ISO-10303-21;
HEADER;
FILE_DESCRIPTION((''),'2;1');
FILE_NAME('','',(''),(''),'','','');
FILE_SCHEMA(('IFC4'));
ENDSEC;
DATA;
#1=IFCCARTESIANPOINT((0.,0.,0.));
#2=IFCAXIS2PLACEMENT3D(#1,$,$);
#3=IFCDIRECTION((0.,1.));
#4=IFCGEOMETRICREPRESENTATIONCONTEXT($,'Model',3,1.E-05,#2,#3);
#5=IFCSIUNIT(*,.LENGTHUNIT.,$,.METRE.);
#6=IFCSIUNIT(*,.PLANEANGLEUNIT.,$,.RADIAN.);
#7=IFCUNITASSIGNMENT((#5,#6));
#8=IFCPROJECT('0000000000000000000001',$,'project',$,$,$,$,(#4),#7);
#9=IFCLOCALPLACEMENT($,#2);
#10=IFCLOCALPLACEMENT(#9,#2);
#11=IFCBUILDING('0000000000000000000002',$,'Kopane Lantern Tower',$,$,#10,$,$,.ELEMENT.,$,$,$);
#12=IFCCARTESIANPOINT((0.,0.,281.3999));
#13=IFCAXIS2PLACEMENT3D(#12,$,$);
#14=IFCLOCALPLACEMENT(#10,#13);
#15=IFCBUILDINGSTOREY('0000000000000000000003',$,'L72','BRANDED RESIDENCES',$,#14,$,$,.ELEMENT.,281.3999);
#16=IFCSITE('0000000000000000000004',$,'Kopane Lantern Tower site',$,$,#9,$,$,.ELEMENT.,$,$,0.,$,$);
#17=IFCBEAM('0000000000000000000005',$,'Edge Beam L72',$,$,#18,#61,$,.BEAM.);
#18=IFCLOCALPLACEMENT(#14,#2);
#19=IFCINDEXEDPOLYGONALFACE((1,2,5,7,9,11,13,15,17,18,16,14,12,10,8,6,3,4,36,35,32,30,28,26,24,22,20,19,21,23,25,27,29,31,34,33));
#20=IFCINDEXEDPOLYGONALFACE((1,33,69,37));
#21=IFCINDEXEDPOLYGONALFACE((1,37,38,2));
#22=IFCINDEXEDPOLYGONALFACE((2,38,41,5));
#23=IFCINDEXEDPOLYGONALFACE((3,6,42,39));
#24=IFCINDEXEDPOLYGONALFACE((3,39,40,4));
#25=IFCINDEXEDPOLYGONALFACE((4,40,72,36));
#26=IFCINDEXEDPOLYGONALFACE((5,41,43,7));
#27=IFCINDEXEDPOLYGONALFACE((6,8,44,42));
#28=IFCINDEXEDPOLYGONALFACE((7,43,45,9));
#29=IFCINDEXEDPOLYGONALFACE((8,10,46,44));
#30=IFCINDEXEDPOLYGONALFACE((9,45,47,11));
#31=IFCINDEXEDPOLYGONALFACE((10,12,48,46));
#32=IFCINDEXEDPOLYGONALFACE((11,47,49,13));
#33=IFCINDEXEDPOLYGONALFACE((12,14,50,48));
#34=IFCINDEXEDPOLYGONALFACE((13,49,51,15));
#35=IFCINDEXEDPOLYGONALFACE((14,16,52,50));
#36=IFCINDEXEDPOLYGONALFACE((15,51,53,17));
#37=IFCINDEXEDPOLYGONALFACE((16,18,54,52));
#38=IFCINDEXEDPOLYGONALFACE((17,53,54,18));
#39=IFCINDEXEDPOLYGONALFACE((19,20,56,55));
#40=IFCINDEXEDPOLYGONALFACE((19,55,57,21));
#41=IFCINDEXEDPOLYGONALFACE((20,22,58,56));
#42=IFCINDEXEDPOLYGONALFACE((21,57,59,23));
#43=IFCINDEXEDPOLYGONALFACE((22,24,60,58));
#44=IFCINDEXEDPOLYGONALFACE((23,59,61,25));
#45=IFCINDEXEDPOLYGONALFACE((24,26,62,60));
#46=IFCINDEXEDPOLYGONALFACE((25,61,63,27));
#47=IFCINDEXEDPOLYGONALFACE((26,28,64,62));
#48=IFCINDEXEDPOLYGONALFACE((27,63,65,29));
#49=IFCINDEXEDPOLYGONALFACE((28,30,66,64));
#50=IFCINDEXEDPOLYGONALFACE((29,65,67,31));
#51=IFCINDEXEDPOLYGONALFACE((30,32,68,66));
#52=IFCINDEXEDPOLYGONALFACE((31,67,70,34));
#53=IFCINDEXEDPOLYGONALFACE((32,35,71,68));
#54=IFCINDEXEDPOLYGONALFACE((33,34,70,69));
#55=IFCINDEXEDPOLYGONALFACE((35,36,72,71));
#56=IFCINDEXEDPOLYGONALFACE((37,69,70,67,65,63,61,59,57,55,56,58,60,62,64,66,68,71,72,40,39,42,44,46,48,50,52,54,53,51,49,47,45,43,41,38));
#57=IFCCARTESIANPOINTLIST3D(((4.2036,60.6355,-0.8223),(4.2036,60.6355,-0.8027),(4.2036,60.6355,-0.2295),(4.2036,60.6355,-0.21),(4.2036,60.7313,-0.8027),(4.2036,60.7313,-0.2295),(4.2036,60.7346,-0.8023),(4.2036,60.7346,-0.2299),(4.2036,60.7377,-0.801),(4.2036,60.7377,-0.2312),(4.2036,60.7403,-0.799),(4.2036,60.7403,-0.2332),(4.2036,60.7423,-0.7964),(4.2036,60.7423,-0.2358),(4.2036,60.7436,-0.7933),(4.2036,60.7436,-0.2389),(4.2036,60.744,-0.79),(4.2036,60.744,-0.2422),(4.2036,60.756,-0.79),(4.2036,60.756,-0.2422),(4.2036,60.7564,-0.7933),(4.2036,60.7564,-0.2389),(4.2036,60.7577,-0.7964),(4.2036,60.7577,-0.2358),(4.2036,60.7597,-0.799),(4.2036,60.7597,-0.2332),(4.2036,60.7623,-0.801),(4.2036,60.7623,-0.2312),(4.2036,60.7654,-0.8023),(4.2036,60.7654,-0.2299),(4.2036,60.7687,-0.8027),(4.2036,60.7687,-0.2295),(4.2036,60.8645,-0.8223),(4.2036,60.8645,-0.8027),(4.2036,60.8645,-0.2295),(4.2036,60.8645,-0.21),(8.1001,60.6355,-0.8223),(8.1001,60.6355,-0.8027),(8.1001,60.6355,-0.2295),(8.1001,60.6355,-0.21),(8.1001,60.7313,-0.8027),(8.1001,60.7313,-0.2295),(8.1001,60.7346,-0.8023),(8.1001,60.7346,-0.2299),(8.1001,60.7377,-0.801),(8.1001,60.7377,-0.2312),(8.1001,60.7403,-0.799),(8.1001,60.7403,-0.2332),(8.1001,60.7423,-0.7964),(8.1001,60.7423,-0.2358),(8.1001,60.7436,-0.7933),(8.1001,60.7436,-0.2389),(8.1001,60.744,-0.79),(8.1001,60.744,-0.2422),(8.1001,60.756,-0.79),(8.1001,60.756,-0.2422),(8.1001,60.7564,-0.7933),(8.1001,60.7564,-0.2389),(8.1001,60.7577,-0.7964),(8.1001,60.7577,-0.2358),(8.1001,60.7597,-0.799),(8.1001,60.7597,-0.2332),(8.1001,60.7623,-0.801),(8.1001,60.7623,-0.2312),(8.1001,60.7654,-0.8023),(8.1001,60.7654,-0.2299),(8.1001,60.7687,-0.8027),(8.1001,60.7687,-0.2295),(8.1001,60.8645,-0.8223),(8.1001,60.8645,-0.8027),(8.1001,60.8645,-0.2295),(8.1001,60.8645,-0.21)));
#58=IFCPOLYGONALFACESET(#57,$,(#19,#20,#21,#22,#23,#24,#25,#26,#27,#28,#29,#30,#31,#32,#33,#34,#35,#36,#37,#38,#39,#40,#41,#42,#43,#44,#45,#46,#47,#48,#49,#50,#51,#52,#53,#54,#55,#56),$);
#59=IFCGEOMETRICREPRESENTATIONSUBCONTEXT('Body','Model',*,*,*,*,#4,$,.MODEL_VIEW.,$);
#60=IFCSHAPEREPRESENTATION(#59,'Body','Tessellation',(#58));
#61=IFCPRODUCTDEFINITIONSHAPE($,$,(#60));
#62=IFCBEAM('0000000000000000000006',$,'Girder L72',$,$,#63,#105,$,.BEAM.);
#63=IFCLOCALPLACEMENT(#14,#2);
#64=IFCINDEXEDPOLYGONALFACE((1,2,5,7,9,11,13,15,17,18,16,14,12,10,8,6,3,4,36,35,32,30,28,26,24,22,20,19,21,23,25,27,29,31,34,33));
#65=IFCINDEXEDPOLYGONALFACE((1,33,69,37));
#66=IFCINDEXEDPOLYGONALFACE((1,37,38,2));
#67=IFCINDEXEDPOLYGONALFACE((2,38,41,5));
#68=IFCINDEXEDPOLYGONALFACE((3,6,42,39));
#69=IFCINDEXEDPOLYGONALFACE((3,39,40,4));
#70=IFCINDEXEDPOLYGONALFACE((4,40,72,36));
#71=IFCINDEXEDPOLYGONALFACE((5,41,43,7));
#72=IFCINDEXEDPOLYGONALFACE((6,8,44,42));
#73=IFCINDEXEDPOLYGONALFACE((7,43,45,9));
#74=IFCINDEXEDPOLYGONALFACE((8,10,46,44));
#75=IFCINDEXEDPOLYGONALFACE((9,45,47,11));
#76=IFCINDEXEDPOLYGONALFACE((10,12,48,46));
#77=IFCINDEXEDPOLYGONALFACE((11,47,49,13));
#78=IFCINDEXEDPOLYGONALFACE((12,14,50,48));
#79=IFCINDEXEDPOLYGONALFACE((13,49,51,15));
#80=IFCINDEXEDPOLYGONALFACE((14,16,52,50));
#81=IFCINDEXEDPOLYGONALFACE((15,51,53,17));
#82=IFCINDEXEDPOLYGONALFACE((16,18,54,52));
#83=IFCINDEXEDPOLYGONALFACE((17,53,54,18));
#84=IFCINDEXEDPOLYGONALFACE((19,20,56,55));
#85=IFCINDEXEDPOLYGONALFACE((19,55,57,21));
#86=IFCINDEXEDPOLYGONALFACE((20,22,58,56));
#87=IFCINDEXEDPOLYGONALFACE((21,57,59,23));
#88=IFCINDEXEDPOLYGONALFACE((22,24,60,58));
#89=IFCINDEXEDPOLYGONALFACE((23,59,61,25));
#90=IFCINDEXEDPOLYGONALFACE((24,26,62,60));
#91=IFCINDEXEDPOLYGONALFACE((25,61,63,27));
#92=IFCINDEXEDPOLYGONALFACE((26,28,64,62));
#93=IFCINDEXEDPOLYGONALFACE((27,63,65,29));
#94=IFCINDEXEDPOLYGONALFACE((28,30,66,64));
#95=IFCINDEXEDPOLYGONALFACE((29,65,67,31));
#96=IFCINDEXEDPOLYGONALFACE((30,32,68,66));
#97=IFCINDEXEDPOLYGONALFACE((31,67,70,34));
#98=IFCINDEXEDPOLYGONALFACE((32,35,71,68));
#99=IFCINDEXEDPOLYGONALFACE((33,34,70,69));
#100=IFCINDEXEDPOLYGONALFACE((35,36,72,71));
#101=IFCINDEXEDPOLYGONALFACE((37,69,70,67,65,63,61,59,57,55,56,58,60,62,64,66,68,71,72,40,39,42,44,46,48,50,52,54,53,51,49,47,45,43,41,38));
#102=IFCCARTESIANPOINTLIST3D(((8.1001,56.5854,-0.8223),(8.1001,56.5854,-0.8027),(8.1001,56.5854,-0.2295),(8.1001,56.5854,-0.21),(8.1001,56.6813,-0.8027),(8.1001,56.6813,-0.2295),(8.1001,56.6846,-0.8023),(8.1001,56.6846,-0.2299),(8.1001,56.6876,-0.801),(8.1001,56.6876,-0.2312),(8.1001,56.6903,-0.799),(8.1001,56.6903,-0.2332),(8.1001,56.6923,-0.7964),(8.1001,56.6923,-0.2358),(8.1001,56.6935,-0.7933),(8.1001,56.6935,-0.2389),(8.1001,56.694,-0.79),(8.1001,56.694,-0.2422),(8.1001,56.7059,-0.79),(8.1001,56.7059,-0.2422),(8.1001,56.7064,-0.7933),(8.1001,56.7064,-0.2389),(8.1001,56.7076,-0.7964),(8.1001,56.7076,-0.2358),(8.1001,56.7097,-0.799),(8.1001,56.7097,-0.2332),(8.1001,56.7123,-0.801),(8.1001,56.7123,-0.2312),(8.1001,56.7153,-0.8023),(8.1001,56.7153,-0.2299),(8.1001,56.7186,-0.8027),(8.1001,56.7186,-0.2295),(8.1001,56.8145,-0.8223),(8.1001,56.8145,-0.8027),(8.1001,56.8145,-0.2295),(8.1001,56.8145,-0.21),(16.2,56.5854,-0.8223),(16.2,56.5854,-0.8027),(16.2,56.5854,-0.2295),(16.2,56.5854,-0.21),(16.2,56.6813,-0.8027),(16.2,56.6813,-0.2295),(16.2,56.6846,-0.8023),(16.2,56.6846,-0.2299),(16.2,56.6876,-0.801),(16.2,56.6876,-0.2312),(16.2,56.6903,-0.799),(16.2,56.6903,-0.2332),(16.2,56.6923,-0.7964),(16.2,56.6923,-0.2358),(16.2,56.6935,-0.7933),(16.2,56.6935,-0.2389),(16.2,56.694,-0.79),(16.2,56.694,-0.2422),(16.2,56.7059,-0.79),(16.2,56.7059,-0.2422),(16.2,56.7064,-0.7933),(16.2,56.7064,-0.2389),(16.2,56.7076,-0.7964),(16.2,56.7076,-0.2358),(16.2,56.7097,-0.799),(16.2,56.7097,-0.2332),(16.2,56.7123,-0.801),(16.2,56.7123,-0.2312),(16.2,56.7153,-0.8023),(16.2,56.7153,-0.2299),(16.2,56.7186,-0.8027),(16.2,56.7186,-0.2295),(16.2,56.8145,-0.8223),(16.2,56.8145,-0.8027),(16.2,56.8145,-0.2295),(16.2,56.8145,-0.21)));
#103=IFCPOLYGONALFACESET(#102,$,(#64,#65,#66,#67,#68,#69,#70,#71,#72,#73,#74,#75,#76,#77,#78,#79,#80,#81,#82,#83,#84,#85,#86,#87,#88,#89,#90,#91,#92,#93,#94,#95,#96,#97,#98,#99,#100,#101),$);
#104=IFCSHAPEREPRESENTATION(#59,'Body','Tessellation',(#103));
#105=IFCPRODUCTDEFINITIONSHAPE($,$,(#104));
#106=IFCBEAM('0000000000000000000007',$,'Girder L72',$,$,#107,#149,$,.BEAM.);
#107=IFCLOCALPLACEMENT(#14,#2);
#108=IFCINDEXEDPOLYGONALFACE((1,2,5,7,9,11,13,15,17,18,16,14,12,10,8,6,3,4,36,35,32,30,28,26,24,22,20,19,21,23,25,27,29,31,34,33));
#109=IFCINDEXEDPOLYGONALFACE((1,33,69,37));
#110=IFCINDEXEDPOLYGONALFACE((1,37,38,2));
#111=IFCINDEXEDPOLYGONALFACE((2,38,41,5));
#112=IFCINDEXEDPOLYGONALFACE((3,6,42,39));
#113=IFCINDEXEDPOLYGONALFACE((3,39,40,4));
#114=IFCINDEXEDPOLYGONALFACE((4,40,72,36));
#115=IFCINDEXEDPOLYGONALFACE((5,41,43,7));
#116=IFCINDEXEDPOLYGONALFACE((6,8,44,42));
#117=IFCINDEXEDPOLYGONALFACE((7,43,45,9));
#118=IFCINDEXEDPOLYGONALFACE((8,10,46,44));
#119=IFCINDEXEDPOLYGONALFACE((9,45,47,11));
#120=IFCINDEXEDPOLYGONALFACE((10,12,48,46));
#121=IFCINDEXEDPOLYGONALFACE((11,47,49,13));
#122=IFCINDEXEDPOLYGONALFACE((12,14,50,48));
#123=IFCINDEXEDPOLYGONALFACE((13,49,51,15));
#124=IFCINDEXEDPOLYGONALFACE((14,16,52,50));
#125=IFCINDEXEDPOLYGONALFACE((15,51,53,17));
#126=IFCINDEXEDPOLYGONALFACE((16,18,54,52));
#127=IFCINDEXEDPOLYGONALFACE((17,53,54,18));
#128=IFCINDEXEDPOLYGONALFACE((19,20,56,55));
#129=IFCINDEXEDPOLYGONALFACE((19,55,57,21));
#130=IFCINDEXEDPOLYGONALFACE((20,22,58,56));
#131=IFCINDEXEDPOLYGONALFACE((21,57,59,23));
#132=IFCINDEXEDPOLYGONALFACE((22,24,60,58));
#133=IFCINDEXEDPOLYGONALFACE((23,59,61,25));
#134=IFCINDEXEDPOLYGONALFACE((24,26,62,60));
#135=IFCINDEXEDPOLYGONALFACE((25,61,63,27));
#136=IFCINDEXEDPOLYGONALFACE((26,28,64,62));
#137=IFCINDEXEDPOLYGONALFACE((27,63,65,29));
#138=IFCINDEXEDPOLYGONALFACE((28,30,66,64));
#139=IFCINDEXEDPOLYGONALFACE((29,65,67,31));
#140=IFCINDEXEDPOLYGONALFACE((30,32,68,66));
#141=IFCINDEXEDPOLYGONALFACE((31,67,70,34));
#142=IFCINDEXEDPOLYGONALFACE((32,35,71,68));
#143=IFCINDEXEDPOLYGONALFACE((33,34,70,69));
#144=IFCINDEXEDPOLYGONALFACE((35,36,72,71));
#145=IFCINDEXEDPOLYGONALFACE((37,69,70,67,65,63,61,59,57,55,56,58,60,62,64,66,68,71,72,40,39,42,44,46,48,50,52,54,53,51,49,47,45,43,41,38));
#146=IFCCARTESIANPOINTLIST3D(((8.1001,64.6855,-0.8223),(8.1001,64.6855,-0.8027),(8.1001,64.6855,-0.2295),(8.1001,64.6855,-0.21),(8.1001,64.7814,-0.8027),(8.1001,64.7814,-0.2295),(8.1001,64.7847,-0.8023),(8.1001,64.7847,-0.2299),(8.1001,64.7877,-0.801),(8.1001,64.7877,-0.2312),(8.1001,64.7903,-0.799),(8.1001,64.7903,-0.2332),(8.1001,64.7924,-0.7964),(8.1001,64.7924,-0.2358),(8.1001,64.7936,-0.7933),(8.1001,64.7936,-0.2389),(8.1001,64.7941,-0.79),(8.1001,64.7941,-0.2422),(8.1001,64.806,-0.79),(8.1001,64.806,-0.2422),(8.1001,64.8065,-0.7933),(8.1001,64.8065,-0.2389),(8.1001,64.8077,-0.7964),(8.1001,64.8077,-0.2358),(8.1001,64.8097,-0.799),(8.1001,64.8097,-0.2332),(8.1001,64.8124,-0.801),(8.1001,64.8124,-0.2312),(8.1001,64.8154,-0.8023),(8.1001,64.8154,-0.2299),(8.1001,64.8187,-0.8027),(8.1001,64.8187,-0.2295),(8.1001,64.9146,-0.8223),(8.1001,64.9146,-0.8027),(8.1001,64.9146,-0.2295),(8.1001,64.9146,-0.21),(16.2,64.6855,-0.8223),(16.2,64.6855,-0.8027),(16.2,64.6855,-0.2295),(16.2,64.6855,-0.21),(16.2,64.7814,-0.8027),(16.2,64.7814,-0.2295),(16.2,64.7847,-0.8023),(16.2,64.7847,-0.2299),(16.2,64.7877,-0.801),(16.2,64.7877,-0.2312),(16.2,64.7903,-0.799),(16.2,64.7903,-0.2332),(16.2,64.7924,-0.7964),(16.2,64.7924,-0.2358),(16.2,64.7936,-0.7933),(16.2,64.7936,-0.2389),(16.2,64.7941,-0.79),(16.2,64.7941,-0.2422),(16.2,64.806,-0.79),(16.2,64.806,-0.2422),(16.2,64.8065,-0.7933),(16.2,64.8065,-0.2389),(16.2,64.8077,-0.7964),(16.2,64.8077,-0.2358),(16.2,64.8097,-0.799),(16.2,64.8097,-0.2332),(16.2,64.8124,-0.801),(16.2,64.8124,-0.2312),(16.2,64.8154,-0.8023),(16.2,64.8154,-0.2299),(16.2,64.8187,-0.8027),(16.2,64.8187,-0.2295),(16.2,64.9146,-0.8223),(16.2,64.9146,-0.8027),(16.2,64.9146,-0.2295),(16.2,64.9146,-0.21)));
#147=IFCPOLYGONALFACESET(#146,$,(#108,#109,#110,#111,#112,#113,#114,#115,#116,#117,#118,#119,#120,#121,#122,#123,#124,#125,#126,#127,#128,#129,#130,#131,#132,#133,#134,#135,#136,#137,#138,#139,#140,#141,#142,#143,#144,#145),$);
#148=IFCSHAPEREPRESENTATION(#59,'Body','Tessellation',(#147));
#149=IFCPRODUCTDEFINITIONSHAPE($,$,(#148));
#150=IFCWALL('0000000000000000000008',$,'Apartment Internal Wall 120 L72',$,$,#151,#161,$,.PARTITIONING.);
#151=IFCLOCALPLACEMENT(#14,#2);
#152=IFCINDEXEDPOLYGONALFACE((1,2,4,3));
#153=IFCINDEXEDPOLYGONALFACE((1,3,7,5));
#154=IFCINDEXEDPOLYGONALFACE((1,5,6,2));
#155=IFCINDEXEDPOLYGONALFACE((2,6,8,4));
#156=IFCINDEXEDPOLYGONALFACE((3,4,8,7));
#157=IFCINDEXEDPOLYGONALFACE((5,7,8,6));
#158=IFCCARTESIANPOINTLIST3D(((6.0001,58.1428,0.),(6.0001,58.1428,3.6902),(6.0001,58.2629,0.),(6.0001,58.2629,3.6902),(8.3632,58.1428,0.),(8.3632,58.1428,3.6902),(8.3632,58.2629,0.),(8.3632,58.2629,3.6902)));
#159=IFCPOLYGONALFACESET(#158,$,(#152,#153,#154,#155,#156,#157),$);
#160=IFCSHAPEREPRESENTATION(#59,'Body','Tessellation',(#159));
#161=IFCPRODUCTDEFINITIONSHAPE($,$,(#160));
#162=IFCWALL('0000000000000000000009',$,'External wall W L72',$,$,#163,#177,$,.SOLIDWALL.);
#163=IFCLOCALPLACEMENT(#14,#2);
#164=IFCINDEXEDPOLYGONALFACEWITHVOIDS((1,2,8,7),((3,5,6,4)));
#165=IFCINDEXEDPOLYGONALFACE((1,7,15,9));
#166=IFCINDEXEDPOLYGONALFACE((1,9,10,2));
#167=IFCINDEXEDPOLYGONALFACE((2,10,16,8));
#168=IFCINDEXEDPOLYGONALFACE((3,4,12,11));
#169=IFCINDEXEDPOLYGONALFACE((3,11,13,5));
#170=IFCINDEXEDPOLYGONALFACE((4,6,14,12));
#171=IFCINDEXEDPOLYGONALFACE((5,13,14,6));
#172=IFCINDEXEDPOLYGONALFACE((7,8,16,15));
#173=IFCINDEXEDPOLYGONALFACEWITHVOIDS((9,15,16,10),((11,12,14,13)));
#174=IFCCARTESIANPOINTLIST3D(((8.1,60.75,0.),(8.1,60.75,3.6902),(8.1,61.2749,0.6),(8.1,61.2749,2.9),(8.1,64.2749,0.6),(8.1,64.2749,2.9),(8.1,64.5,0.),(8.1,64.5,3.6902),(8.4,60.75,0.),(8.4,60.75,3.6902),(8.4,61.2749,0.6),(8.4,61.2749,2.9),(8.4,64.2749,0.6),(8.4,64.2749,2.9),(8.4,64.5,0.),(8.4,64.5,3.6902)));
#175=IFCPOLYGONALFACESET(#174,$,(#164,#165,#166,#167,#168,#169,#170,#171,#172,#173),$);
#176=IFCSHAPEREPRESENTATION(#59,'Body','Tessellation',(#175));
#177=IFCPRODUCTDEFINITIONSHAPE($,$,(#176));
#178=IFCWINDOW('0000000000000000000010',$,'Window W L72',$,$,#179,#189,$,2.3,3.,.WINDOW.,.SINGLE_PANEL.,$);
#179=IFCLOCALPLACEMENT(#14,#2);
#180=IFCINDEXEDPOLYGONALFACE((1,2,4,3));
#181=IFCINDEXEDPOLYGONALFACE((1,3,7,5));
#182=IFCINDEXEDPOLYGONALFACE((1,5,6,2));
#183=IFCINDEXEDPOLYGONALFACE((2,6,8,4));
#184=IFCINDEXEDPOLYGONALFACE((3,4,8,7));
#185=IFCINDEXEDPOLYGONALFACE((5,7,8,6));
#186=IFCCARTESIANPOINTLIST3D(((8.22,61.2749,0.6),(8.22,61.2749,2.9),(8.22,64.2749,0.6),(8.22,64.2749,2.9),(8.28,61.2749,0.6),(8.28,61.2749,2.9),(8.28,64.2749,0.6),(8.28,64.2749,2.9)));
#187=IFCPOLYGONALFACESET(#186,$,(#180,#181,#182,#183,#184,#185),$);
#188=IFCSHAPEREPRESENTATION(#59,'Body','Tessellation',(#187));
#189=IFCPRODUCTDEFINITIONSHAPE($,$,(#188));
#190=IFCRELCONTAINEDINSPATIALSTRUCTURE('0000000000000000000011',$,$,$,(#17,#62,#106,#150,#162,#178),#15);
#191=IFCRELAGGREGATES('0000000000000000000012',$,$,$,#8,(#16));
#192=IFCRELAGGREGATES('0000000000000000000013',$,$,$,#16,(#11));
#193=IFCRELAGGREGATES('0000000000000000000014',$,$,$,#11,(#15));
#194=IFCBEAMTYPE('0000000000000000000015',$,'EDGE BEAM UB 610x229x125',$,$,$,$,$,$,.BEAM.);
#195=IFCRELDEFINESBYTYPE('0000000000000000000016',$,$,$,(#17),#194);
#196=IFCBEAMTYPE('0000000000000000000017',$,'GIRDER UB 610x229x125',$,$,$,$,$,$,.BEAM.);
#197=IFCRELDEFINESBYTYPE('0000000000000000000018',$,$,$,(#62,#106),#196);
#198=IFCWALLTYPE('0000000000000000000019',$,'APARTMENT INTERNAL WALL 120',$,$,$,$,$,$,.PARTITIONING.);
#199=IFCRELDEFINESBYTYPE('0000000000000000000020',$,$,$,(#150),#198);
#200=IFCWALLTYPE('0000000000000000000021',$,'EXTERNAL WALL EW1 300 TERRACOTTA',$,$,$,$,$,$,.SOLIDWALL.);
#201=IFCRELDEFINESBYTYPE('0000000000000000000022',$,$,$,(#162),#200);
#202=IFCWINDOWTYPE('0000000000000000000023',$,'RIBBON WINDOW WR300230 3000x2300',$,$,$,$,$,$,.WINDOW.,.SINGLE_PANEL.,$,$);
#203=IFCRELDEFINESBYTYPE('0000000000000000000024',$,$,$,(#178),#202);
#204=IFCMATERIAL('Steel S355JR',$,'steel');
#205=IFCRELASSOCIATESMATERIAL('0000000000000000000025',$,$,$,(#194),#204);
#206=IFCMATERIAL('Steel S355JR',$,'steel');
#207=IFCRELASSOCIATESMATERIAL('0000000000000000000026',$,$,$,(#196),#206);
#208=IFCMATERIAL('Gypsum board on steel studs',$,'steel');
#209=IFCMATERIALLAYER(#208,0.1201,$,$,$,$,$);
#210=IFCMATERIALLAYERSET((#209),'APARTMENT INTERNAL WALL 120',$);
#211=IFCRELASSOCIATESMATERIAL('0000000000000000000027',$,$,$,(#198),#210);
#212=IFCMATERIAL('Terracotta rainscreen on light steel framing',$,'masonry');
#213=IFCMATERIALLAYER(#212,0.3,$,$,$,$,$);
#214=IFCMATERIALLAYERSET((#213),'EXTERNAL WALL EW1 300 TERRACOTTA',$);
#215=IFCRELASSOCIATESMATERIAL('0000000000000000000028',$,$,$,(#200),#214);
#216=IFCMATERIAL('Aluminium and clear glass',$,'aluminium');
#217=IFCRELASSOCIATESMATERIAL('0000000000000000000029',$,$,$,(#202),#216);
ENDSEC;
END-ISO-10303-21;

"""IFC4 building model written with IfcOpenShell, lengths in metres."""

from ifc_helpers import new_model, si_unit, direction, frame, frame_2d, origin, origin_2d, place, context, subcontext, project, spatial, rectangle, i_section, extrude, material, layer, layer_set, material_profile, profile_set, type_object, element, fill, save


model = new_model("IFC4")

# Units and contexts
model_context = context("Model", 3, precision=1e-05, world=origin(), true_north=direction((0.0, 1.0)))
body_context = subcontext(model_context, "Body", "Model", "MODEL_VIEW")
ifc_project = project(units=[si_unit("LENGTHUNIT", "METRE"), si_unit("PLANEANGLEUNIT", "RADIAN")], contexts=[model_context])

# Site, building, storey
site_placement = place(None, origin())
site = spatial("IfcSite", under=ifc_project, at=site_placement, Name="Kopane Lantern Tower site", CompositionType="ELEMENT", RefElevation=0.0)
building_placement = place(site_placement, origin())
building = spatial("IfcBuilding", under=site, at=building_placement, Name="Kopane Lantern Tower", CompositionType="ELEMENT")
storey_placement = place(building_placement, frame((0.0, 0.0, 281.3999)))
storey = spatial("IfcBuildingStorey", under=building, at=storey_placement, Name="L72", Description="BRANDED RESIDENCES", CompositionType="ELEMENT", Elevation=281.3999)

# Beams
ifc_material_1 = material(Name="Steel S355JR", Category="steel")
ifc_material_profile_1 = material_profile(ifc_material_1, i_section(OverallWidth=0.229, OverallDepth=0.6123, WebThickness=0.012, FlangeThickness=0.0195, FilletRadius=0.0127, at=origin_2d()), Name="UB 610x229x125")
ifc_profile_set_1 = profile_set([ifc_material_profile_1], Name="Steel S355JR")
beam_type_1 = type_object("IfcBeamType", Name="EDGE BEAM UB 610x229x125", PredefinedType="BEAM", material=ifc_profile_set_1)
beam_1_placement = place(storey_placement, frame((4.2036, 60.75, -0.5161), z_axis=(1.0, 0.0, 0.0), x_axis=(0.0, 1.0, 0.0)))
element("IfcBeam", 1, at=beam_1_placement, inside=storey, type_object=beam_type_1, Name="Edge Beam L72", PredefinedType="BEAM", context=body_context, shape_type="SweptSolid", body=[
    extrude(i_section(OverallWidth=0.229, OverallDepth=0.6123, WebThickness=0.012, FlangeThickness=0.0195, FilletRadius=0.0127, at=origin_2d()), origin(), (0.0, 0.0, 1.0), 3.8965),
])
ifc_material_2 = material(Name="Steel S355JR", Category="steel")
ifc_material_profile_2 = material_profile(ifc_material_2, i_section(OverallWidth=0.229, OverallDepth=0.6123, WebThickness=0.012, FlangeThickness=0.0195, FilletRadius=0.0127, at=origin_2d()), Name="UB 610x229x125")
ifc_profile_set_2 = profile_set([ifc_material_profile_2], Name="Steel S355JR")
beam_type_2 = type_object("IfcBeamType", Name="GIRDER UB 610x229x125", PredefinedType="BEAM", material=ifc_profile_set_2)
for number, where, z_axis, x_axis, name in (
    (2, (8.1001, 56.7, -0.5161), (1.0, 0.0, 0.0), (0.0, 1.0, 0.0), "Girder L72"),
    (3, (8.1001, 64.8, -0.5161), (1.0, 0.0, 0.0), (0.0, 1.0, 0.0), "Girder L72"),
):
    element("IfcBeam", number, at=place(storey_placement, frame(where, z_axis=z_axis, x_axis=x_axis)), inside=storey, type_object=beam_type_2, Name=name, PredefinedType="BEAM", context=body_context, shape_type="SweptSolid", body=[
        extrude(i_section(OverallWidth=0.229, OverallDepth=0.6123, WebThickness=0.012, FlangeThickness=0.0195, FilletRadius=0.0127, at=origin_2d()), origin(), (0.0, 0.0, 1.0), 8.0999),
    ])

# Wall
ifc_material_3 = material(Name="Gypsum board on steel studs", Category="steel")
ifc_layer_1 = layer(ifc_material_3, 0.1201)
ifc_layer_set_1 = layer_set([ifc_layer_1], Name="APARTMENT INTERNAL WALL 120")
wall_type_1 = type_object("IfcWallType", Name="APARTMENT INTERNAL WALL 120", PredefinedType="PARTITIONING", material=ifc_layer_set_1)
wall_1_placement = place(storey_placement, frame((6.0, 58.2029, 0.0), z_axis=(0.0, 0.0, 1.0), x_axis=(1.0, 0.0, 0.0)))
element("IfcWall", 4, at=wall_1_placement, inside=storey, type_object=wall_type_1, Name="Apartment Internal Wall 120 L72", PredefinedType="PARTITIONING", context=body_context, shape_type="SweptSolid", body=[
    extrude(rectangle(XDim=2.363, YDim=0.1201, at=frame_2d((1.1816, 0.0))), origin(), (0.0, 0.0, 1.0), 3.6902),
])

# Wall, opening, window
ifc_material_4 = material(Name="Terracotta rainscreen on light steel framing", Category="masonry")
ifc_layer_2 = layer(ifc_material_4, 0.3)
ifc_layer_set_2 = layer_set([ifc_layer_2], Name="EXTERNAL WALL EW1 300 TERRACOTTA")
wall_type_2 = type_object("IfcWallType", Name="EXTERNAL WALL EW1 300 TERRACOTTA", PredefinedType="SOLIDWALL", material=ifc_layer_set_2)
wall_2_placement = place(storey_placement, frame((8.25, 64.5, 0.0), z_axis=(0.0, 0.0, 1.0), x_axis=(0.0, -1.0, 0.0)))
wall_2 = element("IfcWall", 5, at=wall_2_placement, inside=storey, type_object=wall_type_2, Name="External wall W L72", PredefinedType="SOLIDWALL", context=body_context, shape_type="SweptSolid", body=[
    extrude(rectangle(XDim=3.75, YDim=0.3, at=frame_2d((1.875, 0.0))), origin(), (0.0, 0.0, 1.0), 3.6902),
])
opening_1_placement = place(wall_2_placement, frame((0.2251, 0.0, 0.6001)))
opening_1 = element("IfcOpeningElement", 6, at=opening_1_placement, cuts=wall_2, PredefinedType="OPENING", context=body_context, shape_type="SweptSolid", body=[
    extrude(rectangle(XDim=3.0, YDim=2.3, at=frame_2d((1.5, 1.1499))), frame((0.0, 0.1599, 0.0), z_axis=(0.0, -1.0, 0.0), x_axis=(1.0, 0.0, 0.0)), (0.0, 0.0, 1.0), 0.3201),
])
ifc_material_5 = material(Name="Aluminium and clear glass", Category="aluminium")
window_type = type_object("IfcWindowType", Name="RIBBON WINDOW WR300230 3000x2300", PartitioningType="SINGLE_PANEL", PredefinedType="WINDOW", material=ifc_material_5)
window_1_placement = place(opening_1_placement, origin())
window_1 = element("IfcWindow", 7, at=window_1_placement, inside=storey, type_object=window_type, Name="Window W L72", OverallHeight=2.3, OverallWidth=3.0, PartitioningType="SINGLE_PANEL", PredefinedType="WINDOW", context=body_context, shape_type="SweptSolid", body=[
    extrude(rectangle(XDim=3.0, YDim=2.3, at=frame_2d((1.5, 1.1499))), frame((0.0, 0.03, 0.0), z_axis=(0.0, -1.0, 0.0), x_axis=(1.0, 0.0, 0.0)), (0.0, 0.0, 1.0), 0.0601),
])
fill(opening_1, window_1)

save(model, "model.ifc")
